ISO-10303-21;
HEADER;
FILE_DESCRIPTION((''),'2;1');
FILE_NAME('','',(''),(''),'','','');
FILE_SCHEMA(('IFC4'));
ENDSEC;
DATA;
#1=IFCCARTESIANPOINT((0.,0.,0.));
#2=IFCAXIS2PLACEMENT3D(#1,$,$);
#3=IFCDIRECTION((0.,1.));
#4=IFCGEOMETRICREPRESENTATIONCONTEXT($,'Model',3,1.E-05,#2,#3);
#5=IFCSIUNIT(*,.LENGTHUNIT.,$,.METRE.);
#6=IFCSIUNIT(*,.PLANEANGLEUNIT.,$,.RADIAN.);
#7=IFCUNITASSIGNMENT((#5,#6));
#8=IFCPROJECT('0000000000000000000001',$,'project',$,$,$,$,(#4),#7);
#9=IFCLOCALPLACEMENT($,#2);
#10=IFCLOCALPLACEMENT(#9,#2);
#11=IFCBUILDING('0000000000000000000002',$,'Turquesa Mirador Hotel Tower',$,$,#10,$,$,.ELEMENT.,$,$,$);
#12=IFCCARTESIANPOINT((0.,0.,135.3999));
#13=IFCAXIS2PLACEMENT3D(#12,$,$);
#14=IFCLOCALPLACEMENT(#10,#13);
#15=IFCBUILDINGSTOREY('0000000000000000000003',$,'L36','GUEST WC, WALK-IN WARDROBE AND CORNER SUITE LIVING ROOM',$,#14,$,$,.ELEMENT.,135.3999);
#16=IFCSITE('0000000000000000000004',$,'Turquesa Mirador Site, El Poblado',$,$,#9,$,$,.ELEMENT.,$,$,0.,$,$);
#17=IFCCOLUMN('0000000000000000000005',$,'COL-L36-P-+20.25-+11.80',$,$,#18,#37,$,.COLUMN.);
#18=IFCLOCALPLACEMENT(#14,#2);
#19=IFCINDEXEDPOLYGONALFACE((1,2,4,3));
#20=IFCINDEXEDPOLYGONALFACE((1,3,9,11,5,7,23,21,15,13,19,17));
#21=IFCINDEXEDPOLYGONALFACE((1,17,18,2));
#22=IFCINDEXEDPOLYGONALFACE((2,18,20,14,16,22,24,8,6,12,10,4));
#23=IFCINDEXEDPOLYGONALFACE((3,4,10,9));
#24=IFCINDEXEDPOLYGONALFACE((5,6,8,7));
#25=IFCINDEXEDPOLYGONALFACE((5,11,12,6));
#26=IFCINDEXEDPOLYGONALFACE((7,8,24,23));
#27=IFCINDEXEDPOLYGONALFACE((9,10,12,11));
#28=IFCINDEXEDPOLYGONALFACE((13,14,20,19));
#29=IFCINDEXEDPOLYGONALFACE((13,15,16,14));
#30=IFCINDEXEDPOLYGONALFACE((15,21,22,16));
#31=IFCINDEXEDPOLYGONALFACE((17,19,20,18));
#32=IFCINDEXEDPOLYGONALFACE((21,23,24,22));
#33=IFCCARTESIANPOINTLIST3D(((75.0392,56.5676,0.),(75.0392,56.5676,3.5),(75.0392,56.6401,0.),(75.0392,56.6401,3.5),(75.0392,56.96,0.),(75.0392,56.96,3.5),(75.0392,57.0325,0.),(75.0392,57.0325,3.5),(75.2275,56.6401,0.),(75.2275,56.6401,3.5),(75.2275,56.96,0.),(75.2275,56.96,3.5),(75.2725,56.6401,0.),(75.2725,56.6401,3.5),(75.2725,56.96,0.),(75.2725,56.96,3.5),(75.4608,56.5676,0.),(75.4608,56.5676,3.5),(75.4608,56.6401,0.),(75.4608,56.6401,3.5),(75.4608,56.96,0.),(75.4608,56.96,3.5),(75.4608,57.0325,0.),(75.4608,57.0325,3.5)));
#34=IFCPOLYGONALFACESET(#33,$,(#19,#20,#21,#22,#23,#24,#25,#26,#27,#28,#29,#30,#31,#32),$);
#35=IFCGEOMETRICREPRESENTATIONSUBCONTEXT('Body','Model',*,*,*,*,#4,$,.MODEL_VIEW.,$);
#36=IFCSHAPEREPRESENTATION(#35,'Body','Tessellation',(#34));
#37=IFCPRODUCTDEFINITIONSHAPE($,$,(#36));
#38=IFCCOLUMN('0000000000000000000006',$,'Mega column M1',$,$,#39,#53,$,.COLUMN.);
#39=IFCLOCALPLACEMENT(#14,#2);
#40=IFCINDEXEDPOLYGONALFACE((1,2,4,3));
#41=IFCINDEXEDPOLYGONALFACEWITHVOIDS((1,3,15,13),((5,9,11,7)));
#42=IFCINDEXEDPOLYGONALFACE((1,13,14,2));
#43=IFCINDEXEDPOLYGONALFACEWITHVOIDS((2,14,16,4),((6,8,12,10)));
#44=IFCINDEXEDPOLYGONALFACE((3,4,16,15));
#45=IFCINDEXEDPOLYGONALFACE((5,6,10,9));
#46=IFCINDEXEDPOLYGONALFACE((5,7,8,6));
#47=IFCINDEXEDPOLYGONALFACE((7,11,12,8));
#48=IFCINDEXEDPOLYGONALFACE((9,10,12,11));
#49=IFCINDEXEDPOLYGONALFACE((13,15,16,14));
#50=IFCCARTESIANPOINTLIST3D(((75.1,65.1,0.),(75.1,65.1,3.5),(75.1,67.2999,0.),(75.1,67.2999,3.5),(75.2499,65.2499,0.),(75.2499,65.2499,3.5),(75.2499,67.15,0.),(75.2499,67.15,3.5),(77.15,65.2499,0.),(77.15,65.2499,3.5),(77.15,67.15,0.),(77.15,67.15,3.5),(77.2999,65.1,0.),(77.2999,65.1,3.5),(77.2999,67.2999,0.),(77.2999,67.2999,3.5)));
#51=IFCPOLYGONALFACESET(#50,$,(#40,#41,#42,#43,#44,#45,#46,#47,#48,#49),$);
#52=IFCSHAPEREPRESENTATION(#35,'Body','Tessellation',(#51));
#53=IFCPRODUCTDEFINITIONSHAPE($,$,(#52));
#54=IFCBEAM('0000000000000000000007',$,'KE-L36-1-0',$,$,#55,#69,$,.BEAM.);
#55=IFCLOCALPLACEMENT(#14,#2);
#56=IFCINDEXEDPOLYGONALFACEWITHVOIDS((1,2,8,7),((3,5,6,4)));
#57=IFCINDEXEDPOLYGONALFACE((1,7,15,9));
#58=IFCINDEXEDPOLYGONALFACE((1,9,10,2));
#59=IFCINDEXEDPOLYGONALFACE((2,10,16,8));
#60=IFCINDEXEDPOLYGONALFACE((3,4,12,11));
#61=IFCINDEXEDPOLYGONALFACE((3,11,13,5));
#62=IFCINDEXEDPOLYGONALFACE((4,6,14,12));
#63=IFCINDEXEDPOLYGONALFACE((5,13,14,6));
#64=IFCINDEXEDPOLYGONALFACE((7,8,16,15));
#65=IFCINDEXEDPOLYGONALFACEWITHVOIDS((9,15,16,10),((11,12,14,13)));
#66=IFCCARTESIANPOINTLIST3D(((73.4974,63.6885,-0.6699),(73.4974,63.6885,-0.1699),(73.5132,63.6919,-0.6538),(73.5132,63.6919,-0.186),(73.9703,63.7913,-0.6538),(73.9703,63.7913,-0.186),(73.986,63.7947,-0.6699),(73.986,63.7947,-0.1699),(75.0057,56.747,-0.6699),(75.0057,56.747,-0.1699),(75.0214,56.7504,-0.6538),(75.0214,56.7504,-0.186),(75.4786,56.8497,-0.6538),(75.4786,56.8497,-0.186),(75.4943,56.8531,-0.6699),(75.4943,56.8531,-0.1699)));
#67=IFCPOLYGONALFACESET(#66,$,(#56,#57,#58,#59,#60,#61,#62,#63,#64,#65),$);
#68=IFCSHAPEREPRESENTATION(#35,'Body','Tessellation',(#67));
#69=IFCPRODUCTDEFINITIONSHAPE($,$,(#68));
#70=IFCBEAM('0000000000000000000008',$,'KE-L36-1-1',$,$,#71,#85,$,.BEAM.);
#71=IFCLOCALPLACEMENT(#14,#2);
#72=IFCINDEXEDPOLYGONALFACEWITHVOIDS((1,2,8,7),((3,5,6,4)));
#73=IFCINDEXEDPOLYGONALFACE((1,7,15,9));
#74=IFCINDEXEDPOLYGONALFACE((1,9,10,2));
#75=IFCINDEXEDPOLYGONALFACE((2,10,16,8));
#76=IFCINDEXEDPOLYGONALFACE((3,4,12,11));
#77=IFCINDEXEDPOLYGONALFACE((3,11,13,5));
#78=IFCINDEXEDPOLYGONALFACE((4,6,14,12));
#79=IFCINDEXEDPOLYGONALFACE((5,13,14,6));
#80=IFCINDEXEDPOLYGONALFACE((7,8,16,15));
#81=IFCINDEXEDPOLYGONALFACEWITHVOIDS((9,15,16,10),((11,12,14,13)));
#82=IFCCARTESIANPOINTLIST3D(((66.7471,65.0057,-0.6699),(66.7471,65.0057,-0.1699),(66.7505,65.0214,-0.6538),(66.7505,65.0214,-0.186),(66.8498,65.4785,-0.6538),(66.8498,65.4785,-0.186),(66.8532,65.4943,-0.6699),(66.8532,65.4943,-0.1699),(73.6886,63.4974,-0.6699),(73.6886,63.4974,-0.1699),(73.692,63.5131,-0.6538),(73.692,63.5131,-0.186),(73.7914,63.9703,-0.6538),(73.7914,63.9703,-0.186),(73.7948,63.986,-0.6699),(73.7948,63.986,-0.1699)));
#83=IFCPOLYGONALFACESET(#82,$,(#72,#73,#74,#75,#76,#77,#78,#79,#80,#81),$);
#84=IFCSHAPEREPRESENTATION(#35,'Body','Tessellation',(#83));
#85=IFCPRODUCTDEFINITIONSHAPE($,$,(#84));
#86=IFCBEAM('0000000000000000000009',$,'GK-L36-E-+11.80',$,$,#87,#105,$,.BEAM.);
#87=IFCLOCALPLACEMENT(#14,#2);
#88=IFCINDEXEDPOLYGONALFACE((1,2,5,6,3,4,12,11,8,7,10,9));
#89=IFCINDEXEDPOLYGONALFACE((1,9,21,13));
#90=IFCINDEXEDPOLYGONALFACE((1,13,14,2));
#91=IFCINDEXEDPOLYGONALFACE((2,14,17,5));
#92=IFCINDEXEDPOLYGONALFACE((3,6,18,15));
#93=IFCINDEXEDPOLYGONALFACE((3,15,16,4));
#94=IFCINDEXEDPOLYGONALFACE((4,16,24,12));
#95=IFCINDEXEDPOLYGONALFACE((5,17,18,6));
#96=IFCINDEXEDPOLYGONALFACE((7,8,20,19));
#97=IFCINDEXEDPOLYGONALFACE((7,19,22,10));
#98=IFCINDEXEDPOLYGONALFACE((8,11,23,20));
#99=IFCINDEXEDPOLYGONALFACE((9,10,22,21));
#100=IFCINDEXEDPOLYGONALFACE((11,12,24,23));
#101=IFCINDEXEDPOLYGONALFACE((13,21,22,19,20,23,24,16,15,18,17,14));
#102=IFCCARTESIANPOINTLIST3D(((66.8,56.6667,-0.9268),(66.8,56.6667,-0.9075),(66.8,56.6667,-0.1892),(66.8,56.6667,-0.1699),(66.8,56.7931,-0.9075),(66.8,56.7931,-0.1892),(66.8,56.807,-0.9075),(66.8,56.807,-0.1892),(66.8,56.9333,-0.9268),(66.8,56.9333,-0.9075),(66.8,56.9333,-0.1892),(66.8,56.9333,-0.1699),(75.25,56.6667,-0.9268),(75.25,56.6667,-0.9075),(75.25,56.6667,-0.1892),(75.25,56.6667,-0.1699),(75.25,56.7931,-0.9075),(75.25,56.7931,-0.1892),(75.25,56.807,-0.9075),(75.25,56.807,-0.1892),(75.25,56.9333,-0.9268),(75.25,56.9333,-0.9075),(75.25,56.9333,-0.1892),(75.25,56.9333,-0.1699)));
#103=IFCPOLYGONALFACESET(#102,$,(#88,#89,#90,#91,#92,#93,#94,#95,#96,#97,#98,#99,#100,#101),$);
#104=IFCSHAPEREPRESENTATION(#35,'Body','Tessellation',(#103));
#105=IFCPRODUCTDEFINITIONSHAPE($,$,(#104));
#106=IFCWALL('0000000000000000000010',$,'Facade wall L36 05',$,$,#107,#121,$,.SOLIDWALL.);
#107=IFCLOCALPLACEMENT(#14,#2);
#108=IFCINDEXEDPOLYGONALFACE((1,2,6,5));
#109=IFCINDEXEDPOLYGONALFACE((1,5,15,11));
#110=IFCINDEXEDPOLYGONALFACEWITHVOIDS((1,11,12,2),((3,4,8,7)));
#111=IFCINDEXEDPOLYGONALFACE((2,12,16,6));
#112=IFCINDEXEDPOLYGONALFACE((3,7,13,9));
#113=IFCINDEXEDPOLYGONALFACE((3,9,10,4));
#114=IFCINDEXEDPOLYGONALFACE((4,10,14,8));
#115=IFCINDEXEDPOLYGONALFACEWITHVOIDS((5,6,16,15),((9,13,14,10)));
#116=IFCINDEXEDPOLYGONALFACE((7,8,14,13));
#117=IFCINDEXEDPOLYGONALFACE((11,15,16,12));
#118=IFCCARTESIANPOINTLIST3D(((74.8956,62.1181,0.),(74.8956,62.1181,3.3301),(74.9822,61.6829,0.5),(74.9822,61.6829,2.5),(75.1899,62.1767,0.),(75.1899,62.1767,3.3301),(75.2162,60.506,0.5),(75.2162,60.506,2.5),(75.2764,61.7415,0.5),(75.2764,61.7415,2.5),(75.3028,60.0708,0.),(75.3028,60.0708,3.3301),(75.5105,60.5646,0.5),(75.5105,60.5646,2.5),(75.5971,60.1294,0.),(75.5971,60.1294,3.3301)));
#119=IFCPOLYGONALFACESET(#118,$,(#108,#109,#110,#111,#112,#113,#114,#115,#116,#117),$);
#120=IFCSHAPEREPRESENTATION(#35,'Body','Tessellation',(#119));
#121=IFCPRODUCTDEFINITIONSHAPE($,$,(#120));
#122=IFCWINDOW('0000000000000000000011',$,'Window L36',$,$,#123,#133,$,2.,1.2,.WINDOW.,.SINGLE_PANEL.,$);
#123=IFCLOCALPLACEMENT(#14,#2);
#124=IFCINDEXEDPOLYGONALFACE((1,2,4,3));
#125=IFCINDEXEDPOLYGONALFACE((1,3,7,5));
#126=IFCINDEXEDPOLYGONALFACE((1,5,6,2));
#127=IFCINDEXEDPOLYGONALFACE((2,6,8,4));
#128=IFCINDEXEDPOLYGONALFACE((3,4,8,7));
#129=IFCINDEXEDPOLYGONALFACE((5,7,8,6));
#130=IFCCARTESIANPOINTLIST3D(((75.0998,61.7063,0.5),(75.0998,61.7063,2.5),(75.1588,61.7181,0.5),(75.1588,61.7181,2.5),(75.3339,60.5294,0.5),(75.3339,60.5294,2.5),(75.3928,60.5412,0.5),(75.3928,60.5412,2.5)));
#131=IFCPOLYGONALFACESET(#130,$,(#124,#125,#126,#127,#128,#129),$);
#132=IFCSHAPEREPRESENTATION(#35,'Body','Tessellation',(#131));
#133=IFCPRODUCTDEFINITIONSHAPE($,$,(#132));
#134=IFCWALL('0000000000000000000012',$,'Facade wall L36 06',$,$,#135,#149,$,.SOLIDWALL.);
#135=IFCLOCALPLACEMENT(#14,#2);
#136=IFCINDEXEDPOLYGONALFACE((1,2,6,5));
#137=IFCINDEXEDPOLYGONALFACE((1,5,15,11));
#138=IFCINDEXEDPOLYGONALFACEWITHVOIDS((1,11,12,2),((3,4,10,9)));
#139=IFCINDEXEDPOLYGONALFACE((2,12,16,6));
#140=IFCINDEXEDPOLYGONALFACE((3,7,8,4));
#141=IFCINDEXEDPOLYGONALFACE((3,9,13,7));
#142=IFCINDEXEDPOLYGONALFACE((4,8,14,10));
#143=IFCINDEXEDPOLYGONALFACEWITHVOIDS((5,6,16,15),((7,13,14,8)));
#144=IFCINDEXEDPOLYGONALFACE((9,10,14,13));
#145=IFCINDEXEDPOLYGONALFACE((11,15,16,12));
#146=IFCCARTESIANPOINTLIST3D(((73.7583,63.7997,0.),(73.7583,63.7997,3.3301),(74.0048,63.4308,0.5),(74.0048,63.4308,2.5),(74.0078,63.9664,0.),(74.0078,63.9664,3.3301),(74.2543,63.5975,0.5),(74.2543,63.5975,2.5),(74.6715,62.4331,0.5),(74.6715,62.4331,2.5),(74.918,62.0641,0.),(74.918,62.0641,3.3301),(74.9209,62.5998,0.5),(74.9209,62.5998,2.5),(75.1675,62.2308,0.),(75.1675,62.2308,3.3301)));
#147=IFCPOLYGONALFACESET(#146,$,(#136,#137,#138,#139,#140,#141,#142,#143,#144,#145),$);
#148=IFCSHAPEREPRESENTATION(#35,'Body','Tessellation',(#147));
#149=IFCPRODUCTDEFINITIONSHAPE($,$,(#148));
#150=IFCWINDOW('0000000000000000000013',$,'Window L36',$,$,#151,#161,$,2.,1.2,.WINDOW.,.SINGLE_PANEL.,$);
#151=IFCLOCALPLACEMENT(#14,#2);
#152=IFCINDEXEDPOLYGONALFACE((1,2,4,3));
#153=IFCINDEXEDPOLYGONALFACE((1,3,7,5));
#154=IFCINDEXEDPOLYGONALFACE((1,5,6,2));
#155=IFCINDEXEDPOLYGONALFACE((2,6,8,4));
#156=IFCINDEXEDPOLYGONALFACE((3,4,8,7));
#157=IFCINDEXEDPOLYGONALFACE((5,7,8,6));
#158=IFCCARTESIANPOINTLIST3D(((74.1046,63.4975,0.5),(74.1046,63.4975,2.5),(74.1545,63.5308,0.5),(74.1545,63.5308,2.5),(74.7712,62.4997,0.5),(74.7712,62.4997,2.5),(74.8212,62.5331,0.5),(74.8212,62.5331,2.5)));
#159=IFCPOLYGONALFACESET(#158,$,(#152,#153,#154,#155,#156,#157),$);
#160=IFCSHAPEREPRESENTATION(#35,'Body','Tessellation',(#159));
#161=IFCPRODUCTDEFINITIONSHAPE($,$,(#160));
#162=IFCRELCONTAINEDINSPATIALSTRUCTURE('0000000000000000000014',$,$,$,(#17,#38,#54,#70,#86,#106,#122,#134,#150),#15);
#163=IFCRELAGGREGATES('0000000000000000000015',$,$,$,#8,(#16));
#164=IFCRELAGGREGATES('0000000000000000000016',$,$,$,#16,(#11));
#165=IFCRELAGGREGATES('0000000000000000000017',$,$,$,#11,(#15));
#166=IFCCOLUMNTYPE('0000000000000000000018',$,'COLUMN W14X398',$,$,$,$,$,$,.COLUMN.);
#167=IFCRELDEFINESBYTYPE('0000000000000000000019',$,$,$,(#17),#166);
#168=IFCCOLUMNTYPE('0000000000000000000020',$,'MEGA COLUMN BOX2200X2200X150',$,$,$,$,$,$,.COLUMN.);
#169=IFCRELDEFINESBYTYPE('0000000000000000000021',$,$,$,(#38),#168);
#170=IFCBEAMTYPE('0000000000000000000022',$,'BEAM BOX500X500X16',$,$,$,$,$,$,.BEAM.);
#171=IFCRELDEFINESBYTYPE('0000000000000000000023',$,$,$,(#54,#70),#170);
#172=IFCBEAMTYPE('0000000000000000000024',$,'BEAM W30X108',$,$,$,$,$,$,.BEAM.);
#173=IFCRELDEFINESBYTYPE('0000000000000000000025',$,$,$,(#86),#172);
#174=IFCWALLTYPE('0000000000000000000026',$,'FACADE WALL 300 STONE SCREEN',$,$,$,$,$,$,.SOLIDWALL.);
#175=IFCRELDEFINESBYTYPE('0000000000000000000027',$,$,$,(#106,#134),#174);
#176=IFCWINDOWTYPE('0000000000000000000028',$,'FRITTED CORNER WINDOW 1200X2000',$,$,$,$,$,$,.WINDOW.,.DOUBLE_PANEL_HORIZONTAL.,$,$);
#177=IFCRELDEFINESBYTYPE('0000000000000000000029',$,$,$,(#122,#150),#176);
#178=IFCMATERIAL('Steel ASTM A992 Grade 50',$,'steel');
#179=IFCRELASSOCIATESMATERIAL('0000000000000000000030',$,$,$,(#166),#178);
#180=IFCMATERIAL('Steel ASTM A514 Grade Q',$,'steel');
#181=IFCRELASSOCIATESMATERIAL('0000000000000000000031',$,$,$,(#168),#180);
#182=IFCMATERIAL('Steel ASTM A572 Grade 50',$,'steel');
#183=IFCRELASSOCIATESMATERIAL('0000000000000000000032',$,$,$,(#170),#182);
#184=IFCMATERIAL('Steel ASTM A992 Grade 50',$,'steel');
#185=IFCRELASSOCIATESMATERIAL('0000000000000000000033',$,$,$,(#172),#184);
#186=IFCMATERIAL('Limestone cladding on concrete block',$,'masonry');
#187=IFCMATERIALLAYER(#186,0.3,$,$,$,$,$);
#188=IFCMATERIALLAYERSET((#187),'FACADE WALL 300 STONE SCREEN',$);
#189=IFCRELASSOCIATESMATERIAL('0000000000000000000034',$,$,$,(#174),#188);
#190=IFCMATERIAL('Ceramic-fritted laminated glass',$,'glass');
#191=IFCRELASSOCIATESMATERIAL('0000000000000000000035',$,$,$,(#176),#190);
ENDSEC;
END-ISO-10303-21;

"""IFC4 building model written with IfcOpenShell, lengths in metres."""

from ifc_helpers import new_model, si_unit, direction, frame, frame_2d, origin, origin_2d, place, context, subcontext, project, spatial, rectangle, hollow_rectangle, i_section, extrude, material, layer, layer_set, material_profile, profile_set, type_object, element, fill, save


model = new_model("IFC4")

# Units and contexts
model_context = context("Model", 3, precision=1e-05, world=origin(), true_north=direction((0.0, 1.0)))
body_context = subcontext(model_context, "Body", "Model", "MODEL_VIEW")
ifc_project = project(units=[si_unit("LENGTHUNIT", "METRE"), si_unit("PLANEANGLEUNIT", "RADIAN")], contexts=[model_context])

# Site, building, storey
site_placement = place(None, origin())
site = spatial("IfcSite", under=ifc_project, at=site_placement, Name="Turquesa Mirador Site, El Poblado", CompositionType="ELEMENT", RefElevation=0.0)
building_placement = place(site_placement, origin())
building = spatial("IfcBuilding", under=site, at=building_placement, Name="Turquesa Mirador Hotel Tower", CompositionType="ELEMENT")
storey_placement = place(building_placement, frame((0.0, 0.0, 135.3999)))
storey = spatial("IfcBuildingStorey", under=building, at=storey_placement, Name="L36", Description="GUEST WC, WALK-IN WARDROBE AND CORNER SUITE LIVING ROOM", CompositionType="ELEMENT", Elevation=135.3999)

# Columns
ifc_material_1 = material(Name="Steel ASTM A992 Grade 50", Category="steel")
ifc_material_profile_1 = material_profile(ifc_material_1, i_section(OverallWidth=0.4216, OverallDepth=0.4648, WebThickness=0.0449, FlangeThickness=0.0725, at=origin_2d()), Name="W14X398")
ifc_profile_set_1 = profile_set([ifc_material_profile_1], Name="Steel ASTM A992 Grade 50")
column_type_1 = type_object("IfcColumnType", Name="COLUMN W14X398", PredefinedType="COLUMN", material=ifc_profile_set_1)
column_1_placement = place(storey_placement, frame((75.25, 56.8, 0.0), z_axis=(0.0, 0.0, 1.0), x_axis=(1.0, 0.0, 0.0)))
element("IfcColumn", 1, at=column_1_placement, inside=storey, type_object=column_type_1, Name="COL-L36-P-+20.25-+11.80", PredefinedType="COLUMN", context=body_context, shape_type="SweptSolid", body=[
    extrude(i_section(OverallWidth=0.4216, OverallDepth=0.4648, WebThickness=0.0449, FlangeThickness=0.0725, at=origin_2d()), origin(), (0.0, 0.0, 1.0), 3.5),
])
ifc_material_2 = material(Name="Steel ASTM A514 Grade Q", Category="steel")
ifc_material_profile_2 = material_profile(ifc_material_2, hollow_rectangle(XDim=2.2, YDim=2.2, WallThickness=0.1499, at=origin_2d()), Name="BOX2200X2200X150")
ifc_profile_set_2 = profile_set([ifc_material_profile_2], Name="Steel ASTM A514 Grade Q")
column_type_2 = type_object("IfcColumnType", Name="MEGA COLUMN BOX2200X2200X150", PredefinedType="COLUMN", material=ifc_profile_set_2)
column_2_placement = place(storey_placement, frame((76.2, 66.2, 0.0), z_axis=(0.0, 0.0, 1.0), x_axis=(1.0, 0.0, 0.0)))
element("IfcColumn", 2, at=column_2_placement, inside=storey, type_object=column_type_2, Name="Mega column M1", PredefinedType="COLUMN", context=body_context, shape_type="SweptSolid", body=[
    extrude(hollow_rectangle(XDim=2.2, YDim=2.2, WallThickness=0.1499, at=origin_2d()), origin(), (0.0, 0.0, 1.0), 3.5),
])

# Beams
ifc_material_3 = material(Name="Steel ASTM A572 Grade 50", Category="steel")
ifc_material_profile_3 = material_profile(ifc_material_3, hollow_rectangle(XDim=0.5, YDim=0.5, WallThickness=0.0161, at=origin_2d()), Name="BOX500X500X16")
ifc_profile_set_3 = profile_set([ifc_material_profile_3], Name="Steel ASTM A572 Grade 50")
beam_type_1 = type_object("IfcBeamType", Name="BEAM BOX500X500X16", PredefinedType="BEAM", material=ifc_profile_set_3)
for number, where, z_axis, x_axis, name in (
    (3, (75.25, 56.8, -0.4199), (-0.212328, 0.977198, 0.0), (-0.977198, -0.212328, 0.0), "KE-L36-1-0"),
    (4, (73.7417, 63.7417, -0.4199), (-0.977198, 0.212328, 0.0), (-0.212328, -0.977198, 0.0), "KE-L36-1-1"),
):
    element("IfcBeam", number, at=place(storey_placement, frame(where, z_axis=z_axis, x_axis=x_axis)), inside=storey, type_object=beam_type_1, Name=name, PredefinedType="BEAM", context=body_context, shape_type="SweptSolid", body=[
        extrude(hollow_rectangle(XDim=0.5, YDim=0.5, WallThickness=0.0161, at=origin_2d()), origin(), (0.0, 0.0, 1.0), 7.1035),
    ])
ifc_material_4 = material(Name="Steel ASTM A992 Grade 50", Category="steel")
ifc_material_profile_4 = material_profile(ifc_material_4, i_section(OverallWidth=0.2666, OverallDepth=0.7568, WebThickness=0.0139, FlangeThickness=0.0193, at=origin_2d()), Name="W30X108")
ifc_profile_set_4 = profile_set([ifc_material_profile_4], Name="Steel ASTM A992 Grade 50")
beam_type_2 = type_object("IfcBeamType", Name="BEAM W30X108", PredefinedType="BEAM", material=ifc_profile_set_4)
beam_placement = place(storey_placement, frame((75.25, 56.8, -0.5483), z_axis=(-1.0, 0.0, 0.0), x_axis=(0.0, -1.0, 0.0)))
element("IfcBeam", 5, at=beam_placement, inside=storey, type_object=beam_type_2, Name="GK-L36-E-+11.80", PredefinedType="BEAM", context=body_context, shape_type="SweptSolid", body=[
    extrude(i_section(OverallWidth=0.2666, OverallDepth=0.7568, WebThickness=0.0139, FlangeThickness=0.0193, at=origin_2d()), origin(), (0.0, 0.0, 1.0), 8.45),
])

# Walls, openings, windows
ifc_material_5 = material(Name="Limestone cladding on concrete block", Category="masonry")
ifc_layer = layer(ifc_material_5, 0.3)
ifc_layer_set = layer_set([ifc_layer], Name="FACADE WALL 300 STONE SCREEN")
wall_type = type_object("IfcWallType", Name="FACADE WALL 300 STONE SCREEN", PredefinedType="SOLIDWALL", material=ifc_layer_set)
wall_1_placement = place(storey_placement, frame((75.45, 60.1001, 0.0), z_axis=(0.0, 0.0, 1.0), x_axis=(-0.195081, 0.980787, 0.0)))
wall_1 = element("IfcWall", 6, at=wall_1_placement, inside=storey, type_object=wall_type, Name="Facade wall L36 05", PredefinedType="SOLIDWALL", context=body_context, shape_type="SweptSolid", body=[
    extrude(rectangle(XDim=2.0874, YDim=0.3, at=frame_2d((1.0437, 0.0))), origin(), (0.0, 0.0, 1.0), 3.3301),
])
opening_1_placement = place(wall_1_placement, frame((0.4436, 0.0, 0.5)))
opening_1 = element("IfcOpeningElement", 7, at=opening_1_placement, cuts=wall_1, PredefinedType="OPENING", context=body_context, shape_type="SweptSolid", body=[
    extrude(rectangle(XDim=1.2, YDim=2.0, at=frame_2d((0.6001, 1.0))), frame((0.0, 0.1599, 0.0), z_axis=(0.0, -1.0, 0.0), x_axis=(1.0, 0.0, 0.0)), (0.0, 0.0, 1.0), 0.3201),
])
ifc_material_6 = material(Name="Ceramic-fritted laminated glass", Category="glass")
window_type = type_object("IfcWindowType", Name="FRITTED CORNER WINDOW 1200X2000", PartitioningType="DOUBLE_PANEL_HORIZONTAL", PredefinedType="WINDOW", material=ifc_material_6)
window_1_placement = place(opening_1_placement, origin())
window_1 = element("IfcWindow", 8, at=window_1_placement, inside=storey, type_object=window_type, Name="Window L36", OverallHeight=2.0, OverallWidth=1.2, PartitioningType="SINGLE_PANEL", PredefinedType="WINDOW", context=body_context, shape_type="SweptSolid", body=[
    extrude(rectangle(XDim=1.2, YDim=2.0, at=frame_2d((0.6001, 1.0))), frame((0.0, 0.03, 0.0), z_axis=(0.0, -1.0, 0.0), x_axis=(1.0, 0.0, 0.0)), (0.0, 0.0, 1.0), 0.0601),
])
fill(opening_1, window_1)
wall_2_placement = place(storey_placement, frame((75.0427, 62.1475, 0.0), z_axis=(0.0, 0.0, 1.0), x_axis=(-0.555564, 0.831474, 0.0)))
wall_2 = element("IfcWall", 9, at=wall_2_placement, inside=storey, type_object=wall_type, Name="Facade wall L36 06", PredefinedType="SOLIDWALL", context=body_context, shape_type="SweptSolid", body=[
    extrude(rectangle(XDim=2.0874, YDim=0.3, at=frame_2d((1.0437, 0.0))), origin(), (0.0, 0.0, 1.0), 3.3301),
])
opening_2_placement = place(wall_2_placement, frame((0.4436, 0.0, 0.5)))
opening_2 = element("IfcOpeningElement", 10, at=opening_2_placement, cuts=wall_2, PredefinedType="OPENING", context=body_context, shape_type="SweptSolid", body=[
    extrude(rectangle(XDim=1.2, YDim=2.0, at=frame_2d((0.6001, 1.0))), frame((0.0, 0.1599, 0.0), z_axis=(0.0, -1.0, 0.0), x_axis=(1.0, 0.0, 0.0)), (0.0, 0.0, 1.0), 0.3201),
])
window_2_placement = place(opening_2_placement, origin())
window_2 = element("IfcWindow", 11, at=window_2_placement, inside=storey, type_object=window_type, Name="Window L36", OverallHeight=2.0, OverallWidth=1.2, PartitioningType="SINGLE_PANEL", PredefinedType="WINDOW", context=body_context, shape_type="SweptSolid", body=[
    extrude(rectangle(XDim=1.2, YDim=2.0, at=frame_2d((0.6001, 1.0))), frame((0.0, 0.03, 0.0), z_axis=(0.0, -1.0, 0.0), x_axis=(1.0, 0.0, 0.0)), (0.0, 0.0, 1.0), 0.0601),
])
fill(opening_2, window_2)

save(model, "model.ifc")
